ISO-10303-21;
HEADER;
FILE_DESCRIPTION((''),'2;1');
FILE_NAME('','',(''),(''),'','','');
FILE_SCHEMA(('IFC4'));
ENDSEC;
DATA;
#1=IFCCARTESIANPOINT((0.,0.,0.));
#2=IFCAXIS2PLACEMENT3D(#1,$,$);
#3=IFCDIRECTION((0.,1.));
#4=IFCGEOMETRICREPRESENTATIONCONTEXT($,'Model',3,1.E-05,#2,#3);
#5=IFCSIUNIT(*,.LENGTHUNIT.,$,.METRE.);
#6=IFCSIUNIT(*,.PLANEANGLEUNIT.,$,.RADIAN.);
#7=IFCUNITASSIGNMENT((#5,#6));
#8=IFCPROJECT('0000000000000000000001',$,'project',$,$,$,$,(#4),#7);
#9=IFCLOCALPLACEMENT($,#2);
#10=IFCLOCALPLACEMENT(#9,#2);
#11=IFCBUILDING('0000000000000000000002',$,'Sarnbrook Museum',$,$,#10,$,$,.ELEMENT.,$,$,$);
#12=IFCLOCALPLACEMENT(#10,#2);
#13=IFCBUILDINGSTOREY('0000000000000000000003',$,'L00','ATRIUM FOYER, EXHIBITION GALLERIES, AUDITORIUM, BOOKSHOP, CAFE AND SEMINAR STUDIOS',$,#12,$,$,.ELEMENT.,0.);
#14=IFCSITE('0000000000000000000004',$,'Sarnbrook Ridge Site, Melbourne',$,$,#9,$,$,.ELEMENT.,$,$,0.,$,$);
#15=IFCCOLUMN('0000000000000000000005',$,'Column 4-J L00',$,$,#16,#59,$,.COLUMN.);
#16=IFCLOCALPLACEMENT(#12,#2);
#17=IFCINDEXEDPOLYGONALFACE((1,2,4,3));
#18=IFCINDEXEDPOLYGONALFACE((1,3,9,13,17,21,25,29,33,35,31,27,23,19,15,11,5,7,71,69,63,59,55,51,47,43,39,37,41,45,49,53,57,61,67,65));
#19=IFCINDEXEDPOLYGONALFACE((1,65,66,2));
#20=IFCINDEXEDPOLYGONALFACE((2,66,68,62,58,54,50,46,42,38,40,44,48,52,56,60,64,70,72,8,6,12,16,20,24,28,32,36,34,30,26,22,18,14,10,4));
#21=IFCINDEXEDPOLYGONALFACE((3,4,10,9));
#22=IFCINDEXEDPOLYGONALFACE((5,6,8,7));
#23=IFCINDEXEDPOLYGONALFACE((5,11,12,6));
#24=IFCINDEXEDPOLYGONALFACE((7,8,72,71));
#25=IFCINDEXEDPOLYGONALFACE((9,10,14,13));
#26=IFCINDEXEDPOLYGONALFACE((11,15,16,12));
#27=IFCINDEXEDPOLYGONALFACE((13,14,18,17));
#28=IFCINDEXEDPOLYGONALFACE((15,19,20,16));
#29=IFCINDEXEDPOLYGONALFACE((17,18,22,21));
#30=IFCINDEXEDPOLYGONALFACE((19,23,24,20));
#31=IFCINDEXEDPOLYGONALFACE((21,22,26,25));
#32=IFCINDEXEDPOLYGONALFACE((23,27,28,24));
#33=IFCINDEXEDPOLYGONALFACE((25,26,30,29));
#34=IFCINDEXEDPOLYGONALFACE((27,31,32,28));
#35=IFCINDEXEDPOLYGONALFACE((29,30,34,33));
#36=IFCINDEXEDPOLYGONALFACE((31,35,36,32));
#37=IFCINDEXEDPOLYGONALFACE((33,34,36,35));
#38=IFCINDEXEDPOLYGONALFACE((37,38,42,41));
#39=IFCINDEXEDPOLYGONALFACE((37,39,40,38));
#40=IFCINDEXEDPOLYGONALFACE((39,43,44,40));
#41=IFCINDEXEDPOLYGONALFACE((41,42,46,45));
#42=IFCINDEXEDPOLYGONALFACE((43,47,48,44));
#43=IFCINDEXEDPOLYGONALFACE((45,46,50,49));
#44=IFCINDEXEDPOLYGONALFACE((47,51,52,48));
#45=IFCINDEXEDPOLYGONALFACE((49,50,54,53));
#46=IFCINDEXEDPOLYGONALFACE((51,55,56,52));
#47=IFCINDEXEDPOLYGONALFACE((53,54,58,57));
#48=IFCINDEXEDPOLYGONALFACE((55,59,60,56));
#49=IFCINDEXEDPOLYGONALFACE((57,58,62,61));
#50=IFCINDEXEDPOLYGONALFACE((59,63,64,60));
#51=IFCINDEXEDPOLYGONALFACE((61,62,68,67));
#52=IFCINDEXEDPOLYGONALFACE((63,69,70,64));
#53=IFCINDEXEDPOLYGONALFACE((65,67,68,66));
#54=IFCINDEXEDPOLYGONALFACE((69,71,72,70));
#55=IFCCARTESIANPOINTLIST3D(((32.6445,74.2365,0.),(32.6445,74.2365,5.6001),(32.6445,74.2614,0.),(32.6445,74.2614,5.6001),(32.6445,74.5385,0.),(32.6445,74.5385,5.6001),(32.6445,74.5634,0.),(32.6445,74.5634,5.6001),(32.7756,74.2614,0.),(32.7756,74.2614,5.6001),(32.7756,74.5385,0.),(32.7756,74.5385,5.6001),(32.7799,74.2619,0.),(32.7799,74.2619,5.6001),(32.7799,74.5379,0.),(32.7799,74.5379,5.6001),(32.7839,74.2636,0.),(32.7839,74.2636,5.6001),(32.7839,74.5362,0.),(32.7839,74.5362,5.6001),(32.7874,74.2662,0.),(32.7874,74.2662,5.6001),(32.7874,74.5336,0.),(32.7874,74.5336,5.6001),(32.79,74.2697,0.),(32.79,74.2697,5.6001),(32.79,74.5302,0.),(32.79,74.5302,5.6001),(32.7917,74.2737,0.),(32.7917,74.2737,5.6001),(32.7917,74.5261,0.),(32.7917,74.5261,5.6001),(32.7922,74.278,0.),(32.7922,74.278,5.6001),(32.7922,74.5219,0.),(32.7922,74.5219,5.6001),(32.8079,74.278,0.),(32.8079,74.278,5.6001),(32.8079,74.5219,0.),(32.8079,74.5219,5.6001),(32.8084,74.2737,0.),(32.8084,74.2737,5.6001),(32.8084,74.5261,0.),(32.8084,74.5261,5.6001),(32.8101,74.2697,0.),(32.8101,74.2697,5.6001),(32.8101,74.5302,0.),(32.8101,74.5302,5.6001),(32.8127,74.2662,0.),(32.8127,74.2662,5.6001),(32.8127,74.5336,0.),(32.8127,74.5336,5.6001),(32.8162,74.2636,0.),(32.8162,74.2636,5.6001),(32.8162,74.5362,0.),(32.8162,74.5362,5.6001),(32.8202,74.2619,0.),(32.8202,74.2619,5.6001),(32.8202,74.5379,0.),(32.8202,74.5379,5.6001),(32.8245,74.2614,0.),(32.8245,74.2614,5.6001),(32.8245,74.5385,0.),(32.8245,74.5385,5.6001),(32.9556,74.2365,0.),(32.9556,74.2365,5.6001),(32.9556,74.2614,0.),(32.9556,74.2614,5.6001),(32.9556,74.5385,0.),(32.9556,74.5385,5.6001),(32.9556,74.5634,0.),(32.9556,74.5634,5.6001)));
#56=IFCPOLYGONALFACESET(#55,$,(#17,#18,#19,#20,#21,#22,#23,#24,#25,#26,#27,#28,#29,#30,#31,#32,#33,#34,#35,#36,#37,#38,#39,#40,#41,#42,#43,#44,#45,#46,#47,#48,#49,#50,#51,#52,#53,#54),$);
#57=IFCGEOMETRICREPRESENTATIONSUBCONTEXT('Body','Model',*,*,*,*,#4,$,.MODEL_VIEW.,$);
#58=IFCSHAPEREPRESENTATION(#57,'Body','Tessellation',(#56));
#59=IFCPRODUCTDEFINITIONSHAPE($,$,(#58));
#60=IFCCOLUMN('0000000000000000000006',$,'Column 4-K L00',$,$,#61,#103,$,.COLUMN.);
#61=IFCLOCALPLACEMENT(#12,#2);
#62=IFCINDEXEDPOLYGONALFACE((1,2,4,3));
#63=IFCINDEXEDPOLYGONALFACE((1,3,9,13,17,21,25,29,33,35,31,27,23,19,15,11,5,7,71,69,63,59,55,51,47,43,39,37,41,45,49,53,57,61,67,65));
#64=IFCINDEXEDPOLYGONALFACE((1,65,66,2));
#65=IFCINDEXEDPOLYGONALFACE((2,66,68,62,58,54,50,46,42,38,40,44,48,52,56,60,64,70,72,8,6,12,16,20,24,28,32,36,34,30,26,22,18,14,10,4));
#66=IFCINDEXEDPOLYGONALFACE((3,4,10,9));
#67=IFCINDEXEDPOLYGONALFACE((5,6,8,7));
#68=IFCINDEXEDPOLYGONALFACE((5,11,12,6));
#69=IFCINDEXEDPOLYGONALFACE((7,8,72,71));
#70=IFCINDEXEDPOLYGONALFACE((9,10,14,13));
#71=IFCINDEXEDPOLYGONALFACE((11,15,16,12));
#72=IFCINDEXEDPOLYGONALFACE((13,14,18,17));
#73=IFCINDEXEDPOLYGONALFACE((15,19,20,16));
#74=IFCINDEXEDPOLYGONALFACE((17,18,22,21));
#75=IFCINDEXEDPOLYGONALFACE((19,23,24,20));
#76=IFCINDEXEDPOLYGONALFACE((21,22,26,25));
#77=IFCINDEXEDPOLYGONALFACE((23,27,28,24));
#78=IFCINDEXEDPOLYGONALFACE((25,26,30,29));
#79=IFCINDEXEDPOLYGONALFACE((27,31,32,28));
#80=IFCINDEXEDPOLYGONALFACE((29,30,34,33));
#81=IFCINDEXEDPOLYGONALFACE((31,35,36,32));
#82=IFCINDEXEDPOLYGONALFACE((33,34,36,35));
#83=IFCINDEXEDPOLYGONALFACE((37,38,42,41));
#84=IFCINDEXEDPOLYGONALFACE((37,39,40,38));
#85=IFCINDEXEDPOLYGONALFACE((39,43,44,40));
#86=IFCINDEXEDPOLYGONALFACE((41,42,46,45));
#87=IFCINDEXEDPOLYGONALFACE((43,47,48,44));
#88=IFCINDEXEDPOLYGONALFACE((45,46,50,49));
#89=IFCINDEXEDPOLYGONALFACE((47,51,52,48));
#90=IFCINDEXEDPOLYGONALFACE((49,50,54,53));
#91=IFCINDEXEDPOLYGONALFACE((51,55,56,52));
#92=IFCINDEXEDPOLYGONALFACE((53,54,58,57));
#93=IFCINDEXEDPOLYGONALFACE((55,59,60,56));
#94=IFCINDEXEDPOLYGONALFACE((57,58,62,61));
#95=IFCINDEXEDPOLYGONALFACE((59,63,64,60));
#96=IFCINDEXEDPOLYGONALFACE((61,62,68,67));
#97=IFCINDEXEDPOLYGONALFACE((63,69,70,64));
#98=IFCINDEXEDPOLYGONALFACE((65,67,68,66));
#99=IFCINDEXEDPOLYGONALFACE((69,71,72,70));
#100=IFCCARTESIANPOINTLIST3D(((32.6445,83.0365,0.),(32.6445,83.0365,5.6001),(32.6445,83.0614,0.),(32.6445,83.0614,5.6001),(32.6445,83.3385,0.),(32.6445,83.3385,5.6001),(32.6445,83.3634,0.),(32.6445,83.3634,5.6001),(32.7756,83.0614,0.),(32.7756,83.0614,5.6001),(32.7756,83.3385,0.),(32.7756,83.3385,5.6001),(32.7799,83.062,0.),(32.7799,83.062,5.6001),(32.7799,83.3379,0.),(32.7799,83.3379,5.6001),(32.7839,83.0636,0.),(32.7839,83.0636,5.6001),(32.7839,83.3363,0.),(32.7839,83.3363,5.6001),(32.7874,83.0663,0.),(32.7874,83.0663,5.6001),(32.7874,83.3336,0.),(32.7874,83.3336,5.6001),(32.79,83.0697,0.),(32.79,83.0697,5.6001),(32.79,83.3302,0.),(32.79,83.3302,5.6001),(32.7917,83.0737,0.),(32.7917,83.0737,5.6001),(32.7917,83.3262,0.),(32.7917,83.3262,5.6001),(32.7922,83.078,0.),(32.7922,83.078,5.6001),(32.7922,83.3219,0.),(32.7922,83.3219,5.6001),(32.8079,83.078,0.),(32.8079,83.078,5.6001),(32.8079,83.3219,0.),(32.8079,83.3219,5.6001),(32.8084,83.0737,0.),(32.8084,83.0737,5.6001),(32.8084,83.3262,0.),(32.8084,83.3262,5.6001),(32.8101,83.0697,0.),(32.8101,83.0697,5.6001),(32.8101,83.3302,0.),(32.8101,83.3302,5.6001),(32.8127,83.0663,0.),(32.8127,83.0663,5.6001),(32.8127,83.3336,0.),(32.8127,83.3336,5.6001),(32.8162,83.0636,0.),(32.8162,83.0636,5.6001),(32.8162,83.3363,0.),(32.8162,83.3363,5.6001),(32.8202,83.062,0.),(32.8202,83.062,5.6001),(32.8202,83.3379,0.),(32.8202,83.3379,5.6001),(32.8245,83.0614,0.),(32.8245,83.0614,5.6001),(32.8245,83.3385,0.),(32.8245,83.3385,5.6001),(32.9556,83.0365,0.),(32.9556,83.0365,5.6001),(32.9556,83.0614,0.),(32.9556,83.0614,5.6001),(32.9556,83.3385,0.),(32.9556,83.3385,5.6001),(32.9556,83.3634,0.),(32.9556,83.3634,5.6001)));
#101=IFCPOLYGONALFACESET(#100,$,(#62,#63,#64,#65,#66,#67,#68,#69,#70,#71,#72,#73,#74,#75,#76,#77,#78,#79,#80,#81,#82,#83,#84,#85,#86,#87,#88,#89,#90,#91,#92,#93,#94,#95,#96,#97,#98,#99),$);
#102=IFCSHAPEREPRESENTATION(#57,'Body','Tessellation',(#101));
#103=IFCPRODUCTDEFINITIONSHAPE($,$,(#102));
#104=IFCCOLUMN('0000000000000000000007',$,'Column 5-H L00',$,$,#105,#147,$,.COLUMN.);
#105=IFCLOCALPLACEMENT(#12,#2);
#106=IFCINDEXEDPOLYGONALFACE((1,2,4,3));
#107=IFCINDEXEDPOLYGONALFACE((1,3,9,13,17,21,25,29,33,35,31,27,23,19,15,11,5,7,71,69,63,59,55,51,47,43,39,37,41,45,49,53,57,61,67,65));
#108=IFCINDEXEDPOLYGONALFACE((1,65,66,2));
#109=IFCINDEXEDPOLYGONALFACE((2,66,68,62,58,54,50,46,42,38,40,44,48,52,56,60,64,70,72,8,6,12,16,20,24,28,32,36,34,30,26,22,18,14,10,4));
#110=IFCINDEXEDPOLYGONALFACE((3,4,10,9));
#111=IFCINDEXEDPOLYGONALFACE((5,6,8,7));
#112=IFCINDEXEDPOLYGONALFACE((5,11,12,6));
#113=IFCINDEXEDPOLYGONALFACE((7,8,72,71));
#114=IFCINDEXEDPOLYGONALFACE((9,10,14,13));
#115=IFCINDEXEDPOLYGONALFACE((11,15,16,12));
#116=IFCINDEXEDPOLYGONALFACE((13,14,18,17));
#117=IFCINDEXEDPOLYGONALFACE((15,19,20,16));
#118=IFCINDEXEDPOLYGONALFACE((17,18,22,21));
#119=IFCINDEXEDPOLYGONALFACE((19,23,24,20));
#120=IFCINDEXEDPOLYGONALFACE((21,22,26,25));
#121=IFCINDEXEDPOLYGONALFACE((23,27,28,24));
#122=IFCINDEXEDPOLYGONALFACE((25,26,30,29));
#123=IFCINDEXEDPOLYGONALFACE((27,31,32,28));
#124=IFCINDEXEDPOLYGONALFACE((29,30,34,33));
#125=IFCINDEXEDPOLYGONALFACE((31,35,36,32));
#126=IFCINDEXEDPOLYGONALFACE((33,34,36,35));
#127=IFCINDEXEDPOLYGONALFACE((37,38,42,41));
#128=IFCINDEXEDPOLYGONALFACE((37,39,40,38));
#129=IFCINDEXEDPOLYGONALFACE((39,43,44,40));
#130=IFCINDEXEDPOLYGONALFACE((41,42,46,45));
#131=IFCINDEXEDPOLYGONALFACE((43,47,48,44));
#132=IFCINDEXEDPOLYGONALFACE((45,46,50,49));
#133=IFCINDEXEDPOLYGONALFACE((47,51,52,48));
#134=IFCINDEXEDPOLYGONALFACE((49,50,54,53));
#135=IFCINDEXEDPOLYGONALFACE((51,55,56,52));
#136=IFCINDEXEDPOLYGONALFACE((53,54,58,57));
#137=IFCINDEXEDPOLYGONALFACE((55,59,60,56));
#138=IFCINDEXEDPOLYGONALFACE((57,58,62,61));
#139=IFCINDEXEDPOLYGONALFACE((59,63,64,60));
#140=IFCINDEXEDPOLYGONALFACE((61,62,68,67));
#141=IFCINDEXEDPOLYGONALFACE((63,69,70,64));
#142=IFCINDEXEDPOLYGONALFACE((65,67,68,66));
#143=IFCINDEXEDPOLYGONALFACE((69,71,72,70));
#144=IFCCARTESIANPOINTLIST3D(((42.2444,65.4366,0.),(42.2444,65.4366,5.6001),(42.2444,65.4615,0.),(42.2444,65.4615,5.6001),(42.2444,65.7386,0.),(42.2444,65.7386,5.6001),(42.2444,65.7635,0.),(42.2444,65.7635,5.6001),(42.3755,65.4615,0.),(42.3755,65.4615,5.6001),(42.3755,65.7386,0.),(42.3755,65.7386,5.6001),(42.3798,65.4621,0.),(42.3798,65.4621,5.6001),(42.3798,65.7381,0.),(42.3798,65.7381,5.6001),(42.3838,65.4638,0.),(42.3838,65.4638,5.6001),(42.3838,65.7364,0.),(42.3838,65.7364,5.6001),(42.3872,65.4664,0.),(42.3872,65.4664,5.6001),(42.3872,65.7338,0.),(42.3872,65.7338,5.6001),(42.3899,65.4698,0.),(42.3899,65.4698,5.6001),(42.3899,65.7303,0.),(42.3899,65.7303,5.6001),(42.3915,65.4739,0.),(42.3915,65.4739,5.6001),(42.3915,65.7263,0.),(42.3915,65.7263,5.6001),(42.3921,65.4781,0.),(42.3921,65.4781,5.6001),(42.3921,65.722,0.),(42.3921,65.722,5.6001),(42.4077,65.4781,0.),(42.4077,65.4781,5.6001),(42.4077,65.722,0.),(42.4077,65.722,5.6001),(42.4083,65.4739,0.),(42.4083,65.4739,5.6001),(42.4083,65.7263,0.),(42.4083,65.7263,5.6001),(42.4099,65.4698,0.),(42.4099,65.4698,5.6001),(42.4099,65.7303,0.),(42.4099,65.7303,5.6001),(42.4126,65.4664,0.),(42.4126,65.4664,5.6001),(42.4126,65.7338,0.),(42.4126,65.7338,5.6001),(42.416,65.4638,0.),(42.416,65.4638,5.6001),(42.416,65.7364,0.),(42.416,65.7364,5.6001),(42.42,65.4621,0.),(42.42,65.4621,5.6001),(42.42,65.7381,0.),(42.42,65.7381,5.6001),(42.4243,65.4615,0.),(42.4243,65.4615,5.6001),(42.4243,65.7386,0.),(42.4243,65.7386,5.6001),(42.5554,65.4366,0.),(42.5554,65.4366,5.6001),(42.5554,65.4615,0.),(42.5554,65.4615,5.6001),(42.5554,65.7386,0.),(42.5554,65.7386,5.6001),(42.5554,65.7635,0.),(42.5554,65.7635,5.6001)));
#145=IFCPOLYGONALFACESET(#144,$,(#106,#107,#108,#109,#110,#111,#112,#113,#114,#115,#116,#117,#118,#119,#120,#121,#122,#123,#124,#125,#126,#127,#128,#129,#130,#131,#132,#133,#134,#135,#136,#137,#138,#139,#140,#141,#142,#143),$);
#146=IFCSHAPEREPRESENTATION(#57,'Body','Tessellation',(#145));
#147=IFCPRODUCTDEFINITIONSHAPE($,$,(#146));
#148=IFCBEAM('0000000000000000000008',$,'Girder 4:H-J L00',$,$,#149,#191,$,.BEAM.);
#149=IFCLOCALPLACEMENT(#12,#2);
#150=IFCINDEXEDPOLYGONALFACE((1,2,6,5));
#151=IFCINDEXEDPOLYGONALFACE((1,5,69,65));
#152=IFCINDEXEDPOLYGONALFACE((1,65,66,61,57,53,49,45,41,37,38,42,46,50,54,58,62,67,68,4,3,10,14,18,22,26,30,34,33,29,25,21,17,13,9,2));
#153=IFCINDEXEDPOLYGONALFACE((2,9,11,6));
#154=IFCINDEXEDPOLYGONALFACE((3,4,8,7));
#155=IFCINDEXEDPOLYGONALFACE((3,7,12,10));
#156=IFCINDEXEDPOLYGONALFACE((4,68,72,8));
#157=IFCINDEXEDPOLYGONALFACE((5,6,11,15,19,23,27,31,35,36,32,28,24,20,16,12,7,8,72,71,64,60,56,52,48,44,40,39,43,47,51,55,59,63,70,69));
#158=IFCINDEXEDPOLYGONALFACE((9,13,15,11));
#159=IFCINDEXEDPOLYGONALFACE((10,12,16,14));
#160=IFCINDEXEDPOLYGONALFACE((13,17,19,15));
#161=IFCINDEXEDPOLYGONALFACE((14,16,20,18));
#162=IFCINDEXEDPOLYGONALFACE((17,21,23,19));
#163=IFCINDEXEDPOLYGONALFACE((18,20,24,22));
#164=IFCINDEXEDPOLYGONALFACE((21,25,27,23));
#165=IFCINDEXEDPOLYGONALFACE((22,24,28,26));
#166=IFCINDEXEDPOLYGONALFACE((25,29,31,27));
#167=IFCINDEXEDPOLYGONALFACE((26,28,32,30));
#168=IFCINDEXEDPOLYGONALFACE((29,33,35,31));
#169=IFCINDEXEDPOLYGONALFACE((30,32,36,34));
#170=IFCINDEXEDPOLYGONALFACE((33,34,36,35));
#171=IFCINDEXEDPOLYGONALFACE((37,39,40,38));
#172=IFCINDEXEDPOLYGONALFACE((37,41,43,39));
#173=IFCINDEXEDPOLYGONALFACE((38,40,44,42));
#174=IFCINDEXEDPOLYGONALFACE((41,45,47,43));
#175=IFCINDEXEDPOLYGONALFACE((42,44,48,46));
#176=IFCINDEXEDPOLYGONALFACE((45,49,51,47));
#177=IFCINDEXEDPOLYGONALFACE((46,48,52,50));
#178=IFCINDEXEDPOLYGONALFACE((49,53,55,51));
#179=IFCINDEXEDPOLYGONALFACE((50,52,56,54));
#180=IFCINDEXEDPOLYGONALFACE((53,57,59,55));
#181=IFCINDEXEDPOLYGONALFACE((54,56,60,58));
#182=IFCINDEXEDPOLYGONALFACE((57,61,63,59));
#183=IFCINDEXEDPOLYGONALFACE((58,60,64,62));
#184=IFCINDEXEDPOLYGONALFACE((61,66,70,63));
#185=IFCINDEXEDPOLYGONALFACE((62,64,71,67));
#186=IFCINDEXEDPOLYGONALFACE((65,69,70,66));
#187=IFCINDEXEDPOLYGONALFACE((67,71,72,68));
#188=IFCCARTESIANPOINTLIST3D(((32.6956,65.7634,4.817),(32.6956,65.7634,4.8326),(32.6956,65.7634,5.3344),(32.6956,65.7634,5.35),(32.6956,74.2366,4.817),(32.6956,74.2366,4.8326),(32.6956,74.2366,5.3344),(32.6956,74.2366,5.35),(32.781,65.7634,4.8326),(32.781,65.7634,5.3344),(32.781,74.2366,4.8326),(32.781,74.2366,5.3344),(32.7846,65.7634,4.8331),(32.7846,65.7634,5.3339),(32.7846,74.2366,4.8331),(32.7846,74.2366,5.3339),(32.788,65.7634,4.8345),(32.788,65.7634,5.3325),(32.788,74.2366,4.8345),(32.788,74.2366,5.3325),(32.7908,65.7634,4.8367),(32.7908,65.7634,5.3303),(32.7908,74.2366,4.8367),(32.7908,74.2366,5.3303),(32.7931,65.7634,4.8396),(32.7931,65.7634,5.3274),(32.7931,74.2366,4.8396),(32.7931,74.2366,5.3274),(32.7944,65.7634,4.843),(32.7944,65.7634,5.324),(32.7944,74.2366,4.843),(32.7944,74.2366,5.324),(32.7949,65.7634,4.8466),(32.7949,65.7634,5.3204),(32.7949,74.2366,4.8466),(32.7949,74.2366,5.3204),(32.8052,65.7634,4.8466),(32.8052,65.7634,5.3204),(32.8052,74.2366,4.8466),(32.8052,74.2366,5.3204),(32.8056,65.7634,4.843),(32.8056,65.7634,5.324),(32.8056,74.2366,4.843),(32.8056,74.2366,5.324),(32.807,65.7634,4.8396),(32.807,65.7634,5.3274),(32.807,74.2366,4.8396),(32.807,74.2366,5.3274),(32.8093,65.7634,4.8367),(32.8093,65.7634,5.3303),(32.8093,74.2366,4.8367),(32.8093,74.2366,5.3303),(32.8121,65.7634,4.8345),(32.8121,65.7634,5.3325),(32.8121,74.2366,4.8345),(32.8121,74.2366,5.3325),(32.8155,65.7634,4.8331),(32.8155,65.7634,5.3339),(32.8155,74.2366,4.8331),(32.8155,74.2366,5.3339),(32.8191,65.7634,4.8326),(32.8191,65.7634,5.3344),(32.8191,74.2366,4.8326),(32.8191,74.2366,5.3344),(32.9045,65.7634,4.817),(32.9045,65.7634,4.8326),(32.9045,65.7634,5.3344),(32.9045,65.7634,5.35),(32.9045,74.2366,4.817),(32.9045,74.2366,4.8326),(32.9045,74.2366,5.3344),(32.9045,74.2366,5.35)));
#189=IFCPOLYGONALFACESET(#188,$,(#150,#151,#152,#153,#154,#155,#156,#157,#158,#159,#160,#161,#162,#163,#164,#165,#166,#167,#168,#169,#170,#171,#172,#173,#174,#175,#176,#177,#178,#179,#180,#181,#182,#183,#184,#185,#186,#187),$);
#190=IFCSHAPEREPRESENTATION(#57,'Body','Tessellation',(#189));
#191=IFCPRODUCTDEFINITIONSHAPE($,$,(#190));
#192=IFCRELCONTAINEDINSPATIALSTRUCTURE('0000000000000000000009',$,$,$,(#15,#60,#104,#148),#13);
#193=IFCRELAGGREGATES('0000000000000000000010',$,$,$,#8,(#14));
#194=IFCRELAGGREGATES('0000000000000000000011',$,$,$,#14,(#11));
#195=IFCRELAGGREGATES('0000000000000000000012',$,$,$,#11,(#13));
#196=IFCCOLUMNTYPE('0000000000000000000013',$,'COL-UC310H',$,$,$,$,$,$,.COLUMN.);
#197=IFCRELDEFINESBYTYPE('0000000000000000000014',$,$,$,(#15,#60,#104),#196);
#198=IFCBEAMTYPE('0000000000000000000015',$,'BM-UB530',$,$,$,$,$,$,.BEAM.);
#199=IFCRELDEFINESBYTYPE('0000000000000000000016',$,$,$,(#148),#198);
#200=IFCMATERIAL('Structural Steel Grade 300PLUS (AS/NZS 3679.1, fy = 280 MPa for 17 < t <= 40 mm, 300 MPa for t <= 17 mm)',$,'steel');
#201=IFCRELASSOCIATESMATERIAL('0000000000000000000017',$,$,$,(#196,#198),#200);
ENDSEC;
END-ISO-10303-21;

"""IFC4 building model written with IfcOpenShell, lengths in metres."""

from ifc_helpers import new_model, si_unit, direction, frame, origin, origin_2d, place, context, subcontext, project, spatial, i_section, extrude, material, material_profile, profile_set, type_object, element, save


model = new_model("IFC4")

# Units and contexts
model_context = context("Model", 3, precision=1e-05, world=origin(), true_north=direction((0.0, 1.0)))
body_context = subcontext(model_context, "Body", "Model", "MODEL_VIEW")
ifc_project = project(units=[si_unit("LENGTHUNIT", "METRE"), si_unit("PLANEANGLEUNIT", "RADIAN")], contexts=[model_context])

# Site, building, storey
site_placement = place(None, origin())
site = spatial("IfcSite", under=ifc_project, at=site_placement, Name="Sarnbrook Ridge Site, Melbourne", CompositionType="ELEMENT", RefElevation=0.0)
building_placement = place(site_placement, origin())
building = spatial("IfcBuilding", under=site, at=building_placement, Name="Sarnbrook Museum", CompositionType="ELEMENT")
storey_placement = place(building_placement, origin())
storey = spatial("IfcBuildingStorey", under=building, at=storey_placement, Name="L00", Description="ATRIUM FOYER, EXHIBITION GALLERIES, AUDITORIUM, BOOKSHOP, CAFE AND SEMINAR STUDIOS", CompositionType="ELEMENT", Elevation=0.0)

# Columns
ifc_material_1 = material(Name="Structural Steel Grade 300PLUS (AS/NZS 3679.1, fy = 280 MPa for 17 < t <= 40 mm, 300 MPa for t <= 17 mm)", Category="steel")
ifc_material_profile_1 = material_profile(ifc_material_1, i_section(OverallWidth=0.311, OverallDepth=0.3269, WebThickness=0.0156, FlangeThickness=0.0249, FilletRadius=0.0166, at=origin_2d()), Name="310UC158")
ifc_profile_set_1 = profile_set([ifc_material_profile_1], Name="Structural Steel Grade 300PLUS (AS/NZS 3679.1, fy = 280 MPa for 17 < t <= 40 mm, 300 MPa for t <= 17 mm)")
column_type = type_object("IfcColumnType", Name="COL-UC310H", PredefinedType="COLUMN", material=ifc_profile_set_1)
for number, where, z_axis, x_axis, name in (
    (1, (32.8, 74.3999, 0.0), (0.0, 0.0, 1.0), (1.0, 0.0, 0.0), "Column 4-J L00"),
    (2, (32.8, 83.2, 0.0), (0.0, 0.0, 1.0), (1.0, 0.0, 0.0), "Column 4-K L00"),
    (3, (42.3999, 65.6001, 0.0), (0.0, 0.0, 1.0), (1.0, 0.0, 0.0), "Column 5-H L00"),
):
    element("IfcColumn", number, at=place(storey_placement, frame(where, z_axis=z_axis, x_axis=x_axis)), inside=storey, type_object=column_type, Name=name, PredefinedType="COLUMN", context=body_context, shape_type="SweptSolid", body=[
        extrude(i_section(OverallWidth=0.311, OverallDepth=0.3269, WebThickness=0.0156, FlangeThickness=0.0249, FilletRadius=0.0166, at=origin_2d()), origin(), (0.0, 0.0, 1.0), 5.6001),
    ])

# Beam
ifc_material_profile_2 = material_profile(ifc_material_1, i_section(OverallWidth=0.209, OverallDepth=0.533, WebThickness=0.0103, FlangeThickness=0.0156, FilletRadius=0.0139, at=origin_2d()), Name="530UB92.4")
ifc_profile_set_2 = profile_set([ifc_material_profile_2], Name="Structural Steel Grade 300PLUS (AS/NZS 3679.1, fy = 280 MPa for 17 < t <= 40 mm, 300 MPa for t <= 17 mm)")
beam_type_1 = type_object("IfcBeamType", Name="BM-UB530", PredefinedType="BEAM", material=ifc_profile_set_2)
for number, where, z_axis, x_axis, name in (
    (4, (32.8, 65.7634, 5.0835), (0.0, 1.0, 0.0), (-1.0, 0.0, 0.0), "Girder 4:H-J L00"),
):
    element("IfcBeam", number, at=place(storey_placement, frame(where, z_axis=z_axis, x_axis=x_axis)), inside=storey, type_object=beam_type_1, Name=name, PredefinedType="BEAM", context=body_context, shape_type="SweptSolid", body=[
        extrude(i_section(OverallWidth=0.209, OverallDepth=0.533, WebThickness=0.0103, FlangeThickness=0.0156, FilletRadius=0.0139, at=origin_2d()), origin(), (0.0, 0.0, 1.0), 8.4731),
    ])

save(model, "model.ifc")
